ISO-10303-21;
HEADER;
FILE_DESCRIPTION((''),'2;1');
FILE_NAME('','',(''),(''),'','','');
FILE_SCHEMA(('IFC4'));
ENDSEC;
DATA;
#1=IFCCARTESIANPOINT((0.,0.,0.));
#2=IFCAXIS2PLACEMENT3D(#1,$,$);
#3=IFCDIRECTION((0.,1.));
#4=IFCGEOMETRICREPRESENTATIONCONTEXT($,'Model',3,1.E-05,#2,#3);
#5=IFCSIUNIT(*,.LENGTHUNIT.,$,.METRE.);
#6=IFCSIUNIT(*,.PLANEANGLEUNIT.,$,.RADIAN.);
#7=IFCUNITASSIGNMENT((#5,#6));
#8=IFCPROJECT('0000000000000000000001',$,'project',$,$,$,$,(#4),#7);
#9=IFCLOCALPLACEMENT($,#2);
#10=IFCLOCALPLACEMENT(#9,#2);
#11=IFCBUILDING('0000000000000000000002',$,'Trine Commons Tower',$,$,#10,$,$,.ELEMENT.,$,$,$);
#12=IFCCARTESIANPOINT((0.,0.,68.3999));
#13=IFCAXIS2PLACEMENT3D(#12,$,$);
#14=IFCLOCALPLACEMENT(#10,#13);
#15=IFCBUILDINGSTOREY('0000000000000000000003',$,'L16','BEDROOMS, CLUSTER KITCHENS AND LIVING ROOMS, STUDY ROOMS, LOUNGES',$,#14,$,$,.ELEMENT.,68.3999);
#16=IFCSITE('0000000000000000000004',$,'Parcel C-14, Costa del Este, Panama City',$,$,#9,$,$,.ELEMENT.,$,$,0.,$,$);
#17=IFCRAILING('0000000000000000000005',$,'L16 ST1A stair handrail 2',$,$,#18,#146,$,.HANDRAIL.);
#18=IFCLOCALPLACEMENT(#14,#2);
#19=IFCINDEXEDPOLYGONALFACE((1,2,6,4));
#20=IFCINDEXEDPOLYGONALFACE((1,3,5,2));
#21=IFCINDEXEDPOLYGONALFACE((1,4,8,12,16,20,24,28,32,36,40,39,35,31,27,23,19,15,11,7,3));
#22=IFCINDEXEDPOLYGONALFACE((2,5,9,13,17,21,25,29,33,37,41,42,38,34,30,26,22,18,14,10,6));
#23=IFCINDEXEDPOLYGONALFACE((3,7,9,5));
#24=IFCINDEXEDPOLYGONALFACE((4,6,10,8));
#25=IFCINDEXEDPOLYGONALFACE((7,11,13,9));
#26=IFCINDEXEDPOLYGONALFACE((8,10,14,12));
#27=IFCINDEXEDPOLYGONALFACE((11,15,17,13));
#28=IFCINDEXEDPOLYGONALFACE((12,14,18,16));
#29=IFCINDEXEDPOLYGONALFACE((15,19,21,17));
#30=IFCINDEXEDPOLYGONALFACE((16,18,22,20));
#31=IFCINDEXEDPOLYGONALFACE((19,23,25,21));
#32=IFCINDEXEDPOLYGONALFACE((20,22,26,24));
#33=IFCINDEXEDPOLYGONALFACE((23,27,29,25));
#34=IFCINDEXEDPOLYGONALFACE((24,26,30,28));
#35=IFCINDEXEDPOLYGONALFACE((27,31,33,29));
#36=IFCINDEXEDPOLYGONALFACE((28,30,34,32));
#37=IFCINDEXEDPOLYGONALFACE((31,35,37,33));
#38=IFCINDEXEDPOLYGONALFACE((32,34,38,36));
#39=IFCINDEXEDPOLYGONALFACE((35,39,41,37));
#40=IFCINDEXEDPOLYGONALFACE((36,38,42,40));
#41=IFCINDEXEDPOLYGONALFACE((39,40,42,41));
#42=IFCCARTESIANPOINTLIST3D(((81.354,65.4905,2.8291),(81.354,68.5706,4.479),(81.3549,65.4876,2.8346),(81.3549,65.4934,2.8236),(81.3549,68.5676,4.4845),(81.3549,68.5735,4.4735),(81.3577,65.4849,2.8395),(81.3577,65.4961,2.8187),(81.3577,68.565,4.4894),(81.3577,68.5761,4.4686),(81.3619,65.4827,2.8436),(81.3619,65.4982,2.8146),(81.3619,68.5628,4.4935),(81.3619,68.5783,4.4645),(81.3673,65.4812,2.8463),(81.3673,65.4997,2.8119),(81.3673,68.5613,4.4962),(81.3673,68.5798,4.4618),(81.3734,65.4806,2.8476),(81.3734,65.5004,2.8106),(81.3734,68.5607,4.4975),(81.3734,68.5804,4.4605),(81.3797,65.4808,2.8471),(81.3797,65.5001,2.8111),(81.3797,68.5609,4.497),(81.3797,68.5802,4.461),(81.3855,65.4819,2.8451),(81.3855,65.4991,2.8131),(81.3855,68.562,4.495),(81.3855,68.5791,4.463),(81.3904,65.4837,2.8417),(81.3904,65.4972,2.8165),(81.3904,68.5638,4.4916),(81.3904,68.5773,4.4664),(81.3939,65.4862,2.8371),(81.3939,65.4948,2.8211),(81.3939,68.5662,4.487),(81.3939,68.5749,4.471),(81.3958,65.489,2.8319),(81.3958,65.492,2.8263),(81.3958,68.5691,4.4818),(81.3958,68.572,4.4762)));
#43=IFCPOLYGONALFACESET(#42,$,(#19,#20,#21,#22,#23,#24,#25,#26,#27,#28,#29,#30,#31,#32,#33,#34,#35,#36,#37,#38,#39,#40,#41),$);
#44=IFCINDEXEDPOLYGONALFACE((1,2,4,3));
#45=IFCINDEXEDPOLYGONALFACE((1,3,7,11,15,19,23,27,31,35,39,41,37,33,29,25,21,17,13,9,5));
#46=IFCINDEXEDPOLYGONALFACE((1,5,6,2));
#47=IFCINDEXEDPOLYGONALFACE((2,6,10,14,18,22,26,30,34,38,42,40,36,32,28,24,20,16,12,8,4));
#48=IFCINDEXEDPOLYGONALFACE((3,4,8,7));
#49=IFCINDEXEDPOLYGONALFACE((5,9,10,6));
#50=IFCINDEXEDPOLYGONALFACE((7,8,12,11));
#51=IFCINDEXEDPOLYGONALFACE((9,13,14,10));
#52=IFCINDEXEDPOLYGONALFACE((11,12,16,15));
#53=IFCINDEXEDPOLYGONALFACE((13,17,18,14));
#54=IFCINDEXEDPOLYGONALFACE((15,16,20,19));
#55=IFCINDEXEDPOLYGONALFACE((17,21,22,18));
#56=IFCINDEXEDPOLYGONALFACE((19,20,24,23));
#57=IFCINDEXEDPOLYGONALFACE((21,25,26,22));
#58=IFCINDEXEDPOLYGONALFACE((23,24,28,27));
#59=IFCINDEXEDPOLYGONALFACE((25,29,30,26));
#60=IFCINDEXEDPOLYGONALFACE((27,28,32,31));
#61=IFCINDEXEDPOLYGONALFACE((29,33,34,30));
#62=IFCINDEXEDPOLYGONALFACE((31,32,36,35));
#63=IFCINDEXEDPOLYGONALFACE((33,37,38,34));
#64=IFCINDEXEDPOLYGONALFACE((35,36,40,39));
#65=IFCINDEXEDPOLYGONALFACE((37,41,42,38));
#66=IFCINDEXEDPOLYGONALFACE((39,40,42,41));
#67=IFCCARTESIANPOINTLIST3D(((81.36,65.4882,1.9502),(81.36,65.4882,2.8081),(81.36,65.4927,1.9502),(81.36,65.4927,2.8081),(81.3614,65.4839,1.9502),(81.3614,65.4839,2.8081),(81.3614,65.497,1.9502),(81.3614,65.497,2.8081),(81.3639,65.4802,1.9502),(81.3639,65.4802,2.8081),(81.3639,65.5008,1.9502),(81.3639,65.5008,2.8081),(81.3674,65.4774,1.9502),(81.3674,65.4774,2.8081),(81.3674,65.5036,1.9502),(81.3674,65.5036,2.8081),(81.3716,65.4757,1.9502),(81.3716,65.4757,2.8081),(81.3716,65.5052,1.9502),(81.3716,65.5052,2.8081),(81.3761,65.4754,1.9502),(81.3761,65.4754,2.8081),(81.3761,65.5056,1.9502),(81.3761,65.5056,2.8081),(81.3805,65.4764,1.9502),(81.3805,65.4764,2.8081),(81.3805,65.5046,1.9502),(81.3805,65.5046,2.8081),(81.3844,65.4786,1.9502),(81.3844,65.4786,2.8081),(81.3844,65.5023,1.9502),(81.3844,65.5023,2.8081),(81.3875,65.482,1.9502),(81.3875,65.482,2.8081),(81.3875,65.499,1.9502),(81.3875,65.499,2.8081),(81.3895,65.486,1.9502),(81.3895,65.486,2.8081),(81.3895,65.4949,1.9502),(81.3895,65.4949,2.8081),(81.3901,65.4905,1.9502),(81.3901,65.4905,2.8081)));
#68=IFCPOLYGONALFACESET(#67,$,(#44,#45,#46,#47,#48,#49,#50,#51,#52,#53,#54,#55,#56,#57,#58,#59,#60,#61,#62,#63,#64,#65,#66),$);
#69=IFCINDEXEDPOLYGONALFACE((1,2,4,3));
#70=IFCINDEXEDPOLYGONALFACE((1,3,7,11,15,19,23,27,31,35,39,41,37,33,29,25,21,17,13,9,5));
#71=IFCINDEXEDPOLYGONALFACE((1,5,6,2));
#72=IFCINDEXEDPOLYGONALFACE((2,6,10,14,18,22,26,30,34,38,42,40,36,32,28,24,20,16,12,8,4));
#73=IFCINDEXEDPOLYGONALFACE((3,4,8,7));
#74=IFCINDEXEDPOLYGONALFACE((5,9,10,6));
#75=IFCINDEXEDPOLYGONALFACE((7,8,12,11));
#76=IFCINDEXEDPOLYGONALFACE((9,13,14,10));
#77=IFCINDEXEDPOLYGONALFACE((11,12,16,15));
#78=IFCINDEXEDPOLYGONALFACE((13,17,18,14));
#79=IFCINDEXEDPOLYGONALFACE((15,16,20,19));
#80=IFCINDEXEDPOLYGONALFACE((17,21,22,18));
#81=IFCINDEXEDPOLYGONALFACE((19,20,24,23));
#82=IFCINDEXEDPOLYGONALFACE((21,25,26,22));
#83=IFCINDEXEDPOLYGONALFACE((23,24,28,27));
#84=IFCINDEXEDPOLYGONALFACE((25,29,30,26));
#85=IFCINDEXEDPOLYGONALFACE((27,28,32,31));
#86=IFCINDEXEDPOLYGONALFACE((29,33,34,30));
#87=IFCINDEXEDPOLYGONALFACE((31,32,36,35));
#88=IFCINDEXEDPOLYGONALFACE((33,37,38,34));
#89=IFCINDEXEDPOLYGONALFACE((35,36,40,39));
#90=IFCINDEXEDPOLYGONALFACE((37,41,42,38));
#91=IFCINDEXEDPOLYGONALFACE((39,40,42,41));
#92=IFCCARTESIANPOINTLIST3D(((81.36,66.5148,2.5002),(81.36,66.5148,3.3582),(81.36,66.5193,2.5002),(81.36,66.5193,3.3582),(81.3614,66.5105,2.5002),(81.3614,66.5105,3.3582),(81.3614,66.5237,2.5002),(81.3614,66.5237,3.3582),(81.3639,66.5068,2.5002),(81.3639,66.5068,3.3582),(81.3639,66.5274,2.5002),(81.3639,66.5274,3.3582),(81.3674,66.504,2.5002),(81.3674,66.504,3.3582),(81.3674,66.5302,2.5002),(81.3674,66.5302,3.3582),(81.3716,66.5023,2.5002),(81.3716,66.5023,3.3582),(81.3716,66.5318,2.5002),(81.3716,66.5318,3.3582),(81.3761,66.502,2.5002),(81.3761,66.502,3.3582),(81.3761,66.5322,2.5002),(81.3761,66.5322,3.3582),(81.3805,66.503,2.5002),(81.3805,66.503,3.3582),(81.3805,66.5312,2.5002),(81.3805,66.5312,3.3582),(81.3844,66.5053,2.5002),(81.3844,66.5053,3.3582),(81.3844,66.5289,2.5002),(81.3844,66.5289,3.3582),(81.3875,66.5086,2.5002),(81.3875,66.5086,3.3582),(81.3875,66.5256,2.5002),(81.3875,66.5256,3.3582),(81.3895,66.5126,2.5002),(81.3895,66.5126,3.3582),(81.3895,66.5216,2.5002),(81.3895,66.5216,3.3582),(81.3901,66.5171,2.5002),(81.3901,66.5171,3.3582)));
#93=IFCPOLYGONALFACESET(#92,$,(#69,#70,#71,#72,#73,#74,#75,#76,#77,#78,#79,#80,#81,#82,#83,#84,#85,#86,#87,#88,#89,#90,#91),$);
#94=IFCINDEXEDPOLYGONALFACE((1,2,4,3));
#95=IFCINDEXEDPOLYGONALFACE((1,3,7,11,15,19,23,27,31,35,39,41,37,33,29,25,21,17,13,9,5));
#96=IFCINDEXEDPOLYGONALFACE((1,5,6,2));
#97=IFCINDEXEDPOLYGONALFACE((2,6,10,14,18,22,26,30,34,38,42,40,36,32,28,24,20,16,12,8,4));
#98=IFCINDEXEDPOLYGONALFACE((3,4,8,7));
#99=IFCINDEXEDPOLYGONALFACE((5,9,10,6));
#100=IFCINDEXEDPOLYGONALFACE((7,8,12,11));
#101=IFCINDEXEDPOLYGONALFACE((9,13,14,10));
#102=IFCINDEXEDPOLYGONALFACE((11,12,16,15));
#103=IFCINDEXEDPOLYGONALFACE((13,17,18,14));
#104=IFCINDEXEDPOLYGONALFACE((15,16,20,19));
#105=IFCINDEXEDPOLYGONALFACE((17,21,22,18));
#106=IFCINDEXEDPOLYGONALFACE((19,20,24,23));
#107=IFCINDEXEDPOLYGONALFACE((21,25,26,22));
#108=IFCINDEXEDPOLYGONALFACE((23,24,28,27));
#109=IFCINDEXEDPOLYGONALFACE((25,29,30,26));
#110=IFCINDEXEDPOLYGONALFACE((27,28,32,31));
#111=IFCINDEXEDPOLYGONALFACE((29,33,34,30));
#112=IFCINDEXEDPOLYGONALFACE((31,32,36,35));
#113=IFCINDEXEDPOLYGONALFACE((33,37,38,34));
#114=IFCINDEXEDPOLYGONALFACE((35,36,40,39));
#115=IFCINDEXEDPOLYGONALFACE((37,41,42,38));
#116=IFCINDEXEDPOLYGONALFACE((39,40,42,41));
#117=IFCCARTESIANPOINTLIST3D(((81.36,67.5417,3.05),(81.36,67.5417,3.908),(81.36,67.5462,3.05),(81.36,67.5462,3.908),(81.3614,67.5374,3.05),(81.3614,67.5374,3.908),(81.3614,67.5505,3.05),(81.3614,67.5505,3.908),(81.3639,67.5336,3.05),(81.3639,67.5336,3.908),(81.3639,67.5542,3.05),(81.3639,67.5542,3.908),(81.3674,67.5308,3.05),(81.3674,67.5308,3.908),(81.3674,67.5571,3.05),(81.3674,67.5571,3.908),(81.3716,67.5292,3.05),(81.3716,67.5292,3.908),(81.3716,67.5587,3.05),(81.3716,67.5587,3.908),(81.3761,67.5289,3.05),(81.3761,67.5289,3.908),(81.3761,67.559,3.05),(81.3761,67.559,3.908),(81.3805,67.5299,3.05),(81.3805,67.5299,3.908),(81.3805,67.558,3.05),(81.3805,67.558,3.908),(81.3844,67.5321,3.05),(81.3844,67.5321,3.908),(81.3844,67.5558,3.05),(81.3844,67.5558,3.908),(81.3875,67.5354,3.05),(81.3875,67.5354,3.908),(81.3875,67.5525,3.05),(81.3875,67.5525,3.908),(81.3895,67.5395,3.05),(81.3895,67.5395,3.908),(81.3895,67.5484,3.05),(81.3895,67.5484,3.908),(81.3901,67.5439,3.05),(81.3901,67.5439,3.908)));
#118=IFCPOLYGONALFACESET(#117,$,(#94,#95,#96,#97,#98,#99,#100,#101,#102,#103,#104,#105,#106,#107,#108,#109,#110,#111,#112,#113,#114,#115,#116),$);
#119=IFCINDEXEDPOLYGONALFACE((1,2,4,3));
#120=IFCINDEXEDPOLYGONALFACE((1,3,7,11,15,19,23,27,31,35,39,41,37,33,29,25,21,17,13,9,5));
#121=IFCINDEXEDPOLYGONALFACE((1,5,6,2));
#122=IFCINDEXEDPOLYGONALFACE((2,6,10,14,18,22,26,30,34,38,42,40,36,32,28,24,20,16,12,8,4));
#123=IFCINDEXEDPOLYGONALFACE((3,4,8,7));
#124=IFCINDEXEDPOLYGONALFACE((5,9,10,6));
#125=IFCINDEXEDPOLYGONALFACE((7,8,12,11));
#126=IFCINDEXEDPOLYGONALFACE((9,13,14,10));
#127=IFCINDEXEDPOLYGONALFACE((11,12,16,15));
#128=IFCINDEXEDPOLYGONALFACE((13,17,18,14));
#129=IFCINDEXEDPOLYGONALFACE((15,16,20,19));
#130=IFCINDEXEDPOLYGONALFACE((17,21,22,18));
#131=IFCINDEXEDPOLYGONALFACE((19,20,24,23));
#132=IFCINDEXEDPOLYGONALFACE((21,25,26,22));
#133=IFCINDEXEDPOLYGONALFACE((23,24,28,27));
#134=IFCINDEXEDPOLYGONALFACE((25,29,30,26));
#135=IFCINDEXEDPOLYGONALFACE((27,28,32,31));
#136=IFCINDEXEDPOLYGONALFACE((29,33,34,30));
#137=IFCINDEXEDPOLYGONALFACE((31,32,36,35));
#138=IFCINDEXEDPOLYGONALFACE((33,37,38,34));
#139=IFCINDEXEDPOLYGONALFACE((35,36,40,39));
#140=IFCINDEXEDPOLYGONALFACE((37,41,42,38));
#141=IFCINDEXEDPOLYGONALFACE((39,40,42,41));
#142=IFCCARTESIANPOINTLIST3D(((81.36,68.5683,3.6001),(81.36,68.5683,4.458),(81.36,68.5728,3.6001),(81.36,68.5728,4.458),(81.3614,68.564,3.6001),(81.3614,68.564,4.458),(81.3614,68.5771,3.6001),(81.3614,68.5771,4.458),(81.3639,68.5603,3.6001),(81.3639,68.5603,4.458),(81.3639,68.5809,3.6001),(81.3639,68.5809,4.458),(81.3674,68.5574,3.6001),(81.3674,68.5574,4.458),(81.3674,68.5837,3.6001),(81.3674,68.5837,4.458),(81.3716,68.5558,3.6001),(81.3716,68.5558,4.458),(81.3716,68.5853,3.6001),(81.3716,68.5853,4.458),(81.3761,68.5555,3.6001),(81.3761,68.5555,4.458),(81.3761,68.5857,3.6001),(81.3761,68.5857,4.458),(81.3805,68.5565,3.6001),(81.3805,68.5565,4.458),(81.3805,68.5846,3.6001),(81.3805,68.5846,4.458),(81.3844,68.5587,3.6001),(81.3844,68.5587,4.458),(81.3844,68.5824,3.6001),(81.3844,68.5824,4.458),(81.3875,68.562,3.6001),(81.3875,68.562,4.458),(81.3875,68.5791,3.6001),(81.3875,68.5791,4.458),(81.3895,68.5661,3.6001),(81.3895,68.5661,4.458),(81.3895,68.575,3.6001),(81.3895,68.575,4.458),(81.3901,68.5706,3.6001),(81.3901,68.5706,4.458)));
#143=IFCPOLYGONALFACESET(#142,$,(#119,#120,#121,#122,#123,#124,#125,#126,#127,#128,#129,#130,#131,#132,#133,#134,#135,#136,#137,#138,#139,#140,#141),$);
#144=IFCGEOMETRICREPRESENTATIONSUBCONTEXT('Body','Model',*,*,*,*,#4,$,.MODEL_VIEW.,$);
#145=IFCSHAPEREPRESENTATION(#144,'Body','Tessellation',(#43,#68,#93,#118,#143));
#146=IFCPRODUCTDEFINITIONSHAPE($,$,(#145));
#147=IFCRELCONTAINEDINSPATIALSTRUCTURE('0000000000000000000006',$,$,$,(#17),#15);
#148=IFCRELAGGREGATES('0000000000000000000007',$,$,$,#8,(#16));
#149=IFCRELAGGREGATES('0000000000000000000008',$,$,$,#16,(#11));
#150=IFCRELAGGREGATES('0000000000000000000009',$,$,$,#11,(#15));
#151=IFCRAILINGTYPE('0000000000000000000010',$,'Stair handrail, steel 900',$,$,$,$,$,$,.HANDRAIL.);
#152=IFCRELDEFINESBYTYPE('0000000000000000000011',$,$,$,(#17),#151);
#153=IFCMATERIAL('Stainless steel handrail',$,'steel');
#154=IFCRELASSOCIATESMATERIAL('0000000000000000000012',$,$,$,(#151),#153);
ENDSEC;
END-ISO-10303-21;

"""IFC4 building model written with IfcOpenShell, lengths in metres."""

from ifc_helpers import new_model, si_unit, direction, frame, origin, origin_2d, place, context, subcontext, project, spatial, circle, extrude, material, type_object, element, save


model = new_model("IFC4")

# Units and contexts
model_context = context("Model", 3, precision=1e-05, world=origin(), true_north=direction((0.0, 1.0)))
body_context = subcontext(model_context, "Body", "Model", "MODEL_VIEW")
ifc_project = project(units=[si_unit("LENGTHUNIT", "METRE"), si_unit("PLANEANGLEUNIT", "RADIAN")], contexts=[model_context])

# Site, building, storey
site_placement = place(None, origin())
site = spatial("IfcSite", under=ifc_project, at=site_placement, Name="Parcel C-14, Costa del Este, Panama City", CompositionType="ELEMENT", RefElevation=0.0)
building_placement = place(site_placement, origin())
building = spatial("IfcBuilding", under=site, at=building_placement, Name="Trine Commons Tower", CompositionType="ELEMENT")
storey_placement = place(building_placement, frame((0.0, 0.0, 68.3999)))
storey = spatial("IfcBuildingStorey", under=building, at=storey_placement, Name="L16", Description="BEDROOMS, CLUSTER KITCHENS AND LIVING ROOMS, STUDY ROOMS, LOUNGES", CompositionType="ELEMENT", Elevation=68.3999)

# Railing
ifc_material_1 = material(Name="Stainless steel handrail", Category="steel")
railing_type_1 = type_object("IfcRailingType", Name="Stair handrail, steel 900", PredefinedType="HANDRAIL", material=ifc_material_1)
railing_1_placement = place(storey_placement, frame((81.375, 65.4905, 1.9502)))
element("IfcRailing", 1, at=railing_1_placement, inside=storey, type_object=railing_type_1, Name="L16 ST1A stair handrail 2", PredefinedType="HANDRAIL", context=body_context, shape_type="SweptSolid", body=[
    extrude(circle(Radius=0.021, at=origin_2d()), frame((0.0, 0.0, 0.8789), z_axis=(0.0, 0.881497, 0.47219), x_axis=(-1.0, 0.0, 0.0)), (0.0, 0.0, 1.0), 3.4941),
    extrude(circle(Radius=0.0151, at=origin_2d()), origin(), (0.0, 0.0, 1.0), 0.8579),
    extrude(circle(Radius=0.0151, at=origin_2d()), frame((0.0, 1.0266, 0.55)), (0.0, 0.0, 1.0), 0.8579),
    extrude(circle(Radius=0.0151, at=origin_2d()), frame((0.0, 2.0535, 1.0999)), (0.0, 0.0, 1.0), 0.8579),
    extrude(circle(Radius=0.0151, at=origin_2d()), frame((0.0, 3.0801, 1.6499)), (0.0, 0.0, 1.0), 0.8579),
])

save(model, "model.ifc")
